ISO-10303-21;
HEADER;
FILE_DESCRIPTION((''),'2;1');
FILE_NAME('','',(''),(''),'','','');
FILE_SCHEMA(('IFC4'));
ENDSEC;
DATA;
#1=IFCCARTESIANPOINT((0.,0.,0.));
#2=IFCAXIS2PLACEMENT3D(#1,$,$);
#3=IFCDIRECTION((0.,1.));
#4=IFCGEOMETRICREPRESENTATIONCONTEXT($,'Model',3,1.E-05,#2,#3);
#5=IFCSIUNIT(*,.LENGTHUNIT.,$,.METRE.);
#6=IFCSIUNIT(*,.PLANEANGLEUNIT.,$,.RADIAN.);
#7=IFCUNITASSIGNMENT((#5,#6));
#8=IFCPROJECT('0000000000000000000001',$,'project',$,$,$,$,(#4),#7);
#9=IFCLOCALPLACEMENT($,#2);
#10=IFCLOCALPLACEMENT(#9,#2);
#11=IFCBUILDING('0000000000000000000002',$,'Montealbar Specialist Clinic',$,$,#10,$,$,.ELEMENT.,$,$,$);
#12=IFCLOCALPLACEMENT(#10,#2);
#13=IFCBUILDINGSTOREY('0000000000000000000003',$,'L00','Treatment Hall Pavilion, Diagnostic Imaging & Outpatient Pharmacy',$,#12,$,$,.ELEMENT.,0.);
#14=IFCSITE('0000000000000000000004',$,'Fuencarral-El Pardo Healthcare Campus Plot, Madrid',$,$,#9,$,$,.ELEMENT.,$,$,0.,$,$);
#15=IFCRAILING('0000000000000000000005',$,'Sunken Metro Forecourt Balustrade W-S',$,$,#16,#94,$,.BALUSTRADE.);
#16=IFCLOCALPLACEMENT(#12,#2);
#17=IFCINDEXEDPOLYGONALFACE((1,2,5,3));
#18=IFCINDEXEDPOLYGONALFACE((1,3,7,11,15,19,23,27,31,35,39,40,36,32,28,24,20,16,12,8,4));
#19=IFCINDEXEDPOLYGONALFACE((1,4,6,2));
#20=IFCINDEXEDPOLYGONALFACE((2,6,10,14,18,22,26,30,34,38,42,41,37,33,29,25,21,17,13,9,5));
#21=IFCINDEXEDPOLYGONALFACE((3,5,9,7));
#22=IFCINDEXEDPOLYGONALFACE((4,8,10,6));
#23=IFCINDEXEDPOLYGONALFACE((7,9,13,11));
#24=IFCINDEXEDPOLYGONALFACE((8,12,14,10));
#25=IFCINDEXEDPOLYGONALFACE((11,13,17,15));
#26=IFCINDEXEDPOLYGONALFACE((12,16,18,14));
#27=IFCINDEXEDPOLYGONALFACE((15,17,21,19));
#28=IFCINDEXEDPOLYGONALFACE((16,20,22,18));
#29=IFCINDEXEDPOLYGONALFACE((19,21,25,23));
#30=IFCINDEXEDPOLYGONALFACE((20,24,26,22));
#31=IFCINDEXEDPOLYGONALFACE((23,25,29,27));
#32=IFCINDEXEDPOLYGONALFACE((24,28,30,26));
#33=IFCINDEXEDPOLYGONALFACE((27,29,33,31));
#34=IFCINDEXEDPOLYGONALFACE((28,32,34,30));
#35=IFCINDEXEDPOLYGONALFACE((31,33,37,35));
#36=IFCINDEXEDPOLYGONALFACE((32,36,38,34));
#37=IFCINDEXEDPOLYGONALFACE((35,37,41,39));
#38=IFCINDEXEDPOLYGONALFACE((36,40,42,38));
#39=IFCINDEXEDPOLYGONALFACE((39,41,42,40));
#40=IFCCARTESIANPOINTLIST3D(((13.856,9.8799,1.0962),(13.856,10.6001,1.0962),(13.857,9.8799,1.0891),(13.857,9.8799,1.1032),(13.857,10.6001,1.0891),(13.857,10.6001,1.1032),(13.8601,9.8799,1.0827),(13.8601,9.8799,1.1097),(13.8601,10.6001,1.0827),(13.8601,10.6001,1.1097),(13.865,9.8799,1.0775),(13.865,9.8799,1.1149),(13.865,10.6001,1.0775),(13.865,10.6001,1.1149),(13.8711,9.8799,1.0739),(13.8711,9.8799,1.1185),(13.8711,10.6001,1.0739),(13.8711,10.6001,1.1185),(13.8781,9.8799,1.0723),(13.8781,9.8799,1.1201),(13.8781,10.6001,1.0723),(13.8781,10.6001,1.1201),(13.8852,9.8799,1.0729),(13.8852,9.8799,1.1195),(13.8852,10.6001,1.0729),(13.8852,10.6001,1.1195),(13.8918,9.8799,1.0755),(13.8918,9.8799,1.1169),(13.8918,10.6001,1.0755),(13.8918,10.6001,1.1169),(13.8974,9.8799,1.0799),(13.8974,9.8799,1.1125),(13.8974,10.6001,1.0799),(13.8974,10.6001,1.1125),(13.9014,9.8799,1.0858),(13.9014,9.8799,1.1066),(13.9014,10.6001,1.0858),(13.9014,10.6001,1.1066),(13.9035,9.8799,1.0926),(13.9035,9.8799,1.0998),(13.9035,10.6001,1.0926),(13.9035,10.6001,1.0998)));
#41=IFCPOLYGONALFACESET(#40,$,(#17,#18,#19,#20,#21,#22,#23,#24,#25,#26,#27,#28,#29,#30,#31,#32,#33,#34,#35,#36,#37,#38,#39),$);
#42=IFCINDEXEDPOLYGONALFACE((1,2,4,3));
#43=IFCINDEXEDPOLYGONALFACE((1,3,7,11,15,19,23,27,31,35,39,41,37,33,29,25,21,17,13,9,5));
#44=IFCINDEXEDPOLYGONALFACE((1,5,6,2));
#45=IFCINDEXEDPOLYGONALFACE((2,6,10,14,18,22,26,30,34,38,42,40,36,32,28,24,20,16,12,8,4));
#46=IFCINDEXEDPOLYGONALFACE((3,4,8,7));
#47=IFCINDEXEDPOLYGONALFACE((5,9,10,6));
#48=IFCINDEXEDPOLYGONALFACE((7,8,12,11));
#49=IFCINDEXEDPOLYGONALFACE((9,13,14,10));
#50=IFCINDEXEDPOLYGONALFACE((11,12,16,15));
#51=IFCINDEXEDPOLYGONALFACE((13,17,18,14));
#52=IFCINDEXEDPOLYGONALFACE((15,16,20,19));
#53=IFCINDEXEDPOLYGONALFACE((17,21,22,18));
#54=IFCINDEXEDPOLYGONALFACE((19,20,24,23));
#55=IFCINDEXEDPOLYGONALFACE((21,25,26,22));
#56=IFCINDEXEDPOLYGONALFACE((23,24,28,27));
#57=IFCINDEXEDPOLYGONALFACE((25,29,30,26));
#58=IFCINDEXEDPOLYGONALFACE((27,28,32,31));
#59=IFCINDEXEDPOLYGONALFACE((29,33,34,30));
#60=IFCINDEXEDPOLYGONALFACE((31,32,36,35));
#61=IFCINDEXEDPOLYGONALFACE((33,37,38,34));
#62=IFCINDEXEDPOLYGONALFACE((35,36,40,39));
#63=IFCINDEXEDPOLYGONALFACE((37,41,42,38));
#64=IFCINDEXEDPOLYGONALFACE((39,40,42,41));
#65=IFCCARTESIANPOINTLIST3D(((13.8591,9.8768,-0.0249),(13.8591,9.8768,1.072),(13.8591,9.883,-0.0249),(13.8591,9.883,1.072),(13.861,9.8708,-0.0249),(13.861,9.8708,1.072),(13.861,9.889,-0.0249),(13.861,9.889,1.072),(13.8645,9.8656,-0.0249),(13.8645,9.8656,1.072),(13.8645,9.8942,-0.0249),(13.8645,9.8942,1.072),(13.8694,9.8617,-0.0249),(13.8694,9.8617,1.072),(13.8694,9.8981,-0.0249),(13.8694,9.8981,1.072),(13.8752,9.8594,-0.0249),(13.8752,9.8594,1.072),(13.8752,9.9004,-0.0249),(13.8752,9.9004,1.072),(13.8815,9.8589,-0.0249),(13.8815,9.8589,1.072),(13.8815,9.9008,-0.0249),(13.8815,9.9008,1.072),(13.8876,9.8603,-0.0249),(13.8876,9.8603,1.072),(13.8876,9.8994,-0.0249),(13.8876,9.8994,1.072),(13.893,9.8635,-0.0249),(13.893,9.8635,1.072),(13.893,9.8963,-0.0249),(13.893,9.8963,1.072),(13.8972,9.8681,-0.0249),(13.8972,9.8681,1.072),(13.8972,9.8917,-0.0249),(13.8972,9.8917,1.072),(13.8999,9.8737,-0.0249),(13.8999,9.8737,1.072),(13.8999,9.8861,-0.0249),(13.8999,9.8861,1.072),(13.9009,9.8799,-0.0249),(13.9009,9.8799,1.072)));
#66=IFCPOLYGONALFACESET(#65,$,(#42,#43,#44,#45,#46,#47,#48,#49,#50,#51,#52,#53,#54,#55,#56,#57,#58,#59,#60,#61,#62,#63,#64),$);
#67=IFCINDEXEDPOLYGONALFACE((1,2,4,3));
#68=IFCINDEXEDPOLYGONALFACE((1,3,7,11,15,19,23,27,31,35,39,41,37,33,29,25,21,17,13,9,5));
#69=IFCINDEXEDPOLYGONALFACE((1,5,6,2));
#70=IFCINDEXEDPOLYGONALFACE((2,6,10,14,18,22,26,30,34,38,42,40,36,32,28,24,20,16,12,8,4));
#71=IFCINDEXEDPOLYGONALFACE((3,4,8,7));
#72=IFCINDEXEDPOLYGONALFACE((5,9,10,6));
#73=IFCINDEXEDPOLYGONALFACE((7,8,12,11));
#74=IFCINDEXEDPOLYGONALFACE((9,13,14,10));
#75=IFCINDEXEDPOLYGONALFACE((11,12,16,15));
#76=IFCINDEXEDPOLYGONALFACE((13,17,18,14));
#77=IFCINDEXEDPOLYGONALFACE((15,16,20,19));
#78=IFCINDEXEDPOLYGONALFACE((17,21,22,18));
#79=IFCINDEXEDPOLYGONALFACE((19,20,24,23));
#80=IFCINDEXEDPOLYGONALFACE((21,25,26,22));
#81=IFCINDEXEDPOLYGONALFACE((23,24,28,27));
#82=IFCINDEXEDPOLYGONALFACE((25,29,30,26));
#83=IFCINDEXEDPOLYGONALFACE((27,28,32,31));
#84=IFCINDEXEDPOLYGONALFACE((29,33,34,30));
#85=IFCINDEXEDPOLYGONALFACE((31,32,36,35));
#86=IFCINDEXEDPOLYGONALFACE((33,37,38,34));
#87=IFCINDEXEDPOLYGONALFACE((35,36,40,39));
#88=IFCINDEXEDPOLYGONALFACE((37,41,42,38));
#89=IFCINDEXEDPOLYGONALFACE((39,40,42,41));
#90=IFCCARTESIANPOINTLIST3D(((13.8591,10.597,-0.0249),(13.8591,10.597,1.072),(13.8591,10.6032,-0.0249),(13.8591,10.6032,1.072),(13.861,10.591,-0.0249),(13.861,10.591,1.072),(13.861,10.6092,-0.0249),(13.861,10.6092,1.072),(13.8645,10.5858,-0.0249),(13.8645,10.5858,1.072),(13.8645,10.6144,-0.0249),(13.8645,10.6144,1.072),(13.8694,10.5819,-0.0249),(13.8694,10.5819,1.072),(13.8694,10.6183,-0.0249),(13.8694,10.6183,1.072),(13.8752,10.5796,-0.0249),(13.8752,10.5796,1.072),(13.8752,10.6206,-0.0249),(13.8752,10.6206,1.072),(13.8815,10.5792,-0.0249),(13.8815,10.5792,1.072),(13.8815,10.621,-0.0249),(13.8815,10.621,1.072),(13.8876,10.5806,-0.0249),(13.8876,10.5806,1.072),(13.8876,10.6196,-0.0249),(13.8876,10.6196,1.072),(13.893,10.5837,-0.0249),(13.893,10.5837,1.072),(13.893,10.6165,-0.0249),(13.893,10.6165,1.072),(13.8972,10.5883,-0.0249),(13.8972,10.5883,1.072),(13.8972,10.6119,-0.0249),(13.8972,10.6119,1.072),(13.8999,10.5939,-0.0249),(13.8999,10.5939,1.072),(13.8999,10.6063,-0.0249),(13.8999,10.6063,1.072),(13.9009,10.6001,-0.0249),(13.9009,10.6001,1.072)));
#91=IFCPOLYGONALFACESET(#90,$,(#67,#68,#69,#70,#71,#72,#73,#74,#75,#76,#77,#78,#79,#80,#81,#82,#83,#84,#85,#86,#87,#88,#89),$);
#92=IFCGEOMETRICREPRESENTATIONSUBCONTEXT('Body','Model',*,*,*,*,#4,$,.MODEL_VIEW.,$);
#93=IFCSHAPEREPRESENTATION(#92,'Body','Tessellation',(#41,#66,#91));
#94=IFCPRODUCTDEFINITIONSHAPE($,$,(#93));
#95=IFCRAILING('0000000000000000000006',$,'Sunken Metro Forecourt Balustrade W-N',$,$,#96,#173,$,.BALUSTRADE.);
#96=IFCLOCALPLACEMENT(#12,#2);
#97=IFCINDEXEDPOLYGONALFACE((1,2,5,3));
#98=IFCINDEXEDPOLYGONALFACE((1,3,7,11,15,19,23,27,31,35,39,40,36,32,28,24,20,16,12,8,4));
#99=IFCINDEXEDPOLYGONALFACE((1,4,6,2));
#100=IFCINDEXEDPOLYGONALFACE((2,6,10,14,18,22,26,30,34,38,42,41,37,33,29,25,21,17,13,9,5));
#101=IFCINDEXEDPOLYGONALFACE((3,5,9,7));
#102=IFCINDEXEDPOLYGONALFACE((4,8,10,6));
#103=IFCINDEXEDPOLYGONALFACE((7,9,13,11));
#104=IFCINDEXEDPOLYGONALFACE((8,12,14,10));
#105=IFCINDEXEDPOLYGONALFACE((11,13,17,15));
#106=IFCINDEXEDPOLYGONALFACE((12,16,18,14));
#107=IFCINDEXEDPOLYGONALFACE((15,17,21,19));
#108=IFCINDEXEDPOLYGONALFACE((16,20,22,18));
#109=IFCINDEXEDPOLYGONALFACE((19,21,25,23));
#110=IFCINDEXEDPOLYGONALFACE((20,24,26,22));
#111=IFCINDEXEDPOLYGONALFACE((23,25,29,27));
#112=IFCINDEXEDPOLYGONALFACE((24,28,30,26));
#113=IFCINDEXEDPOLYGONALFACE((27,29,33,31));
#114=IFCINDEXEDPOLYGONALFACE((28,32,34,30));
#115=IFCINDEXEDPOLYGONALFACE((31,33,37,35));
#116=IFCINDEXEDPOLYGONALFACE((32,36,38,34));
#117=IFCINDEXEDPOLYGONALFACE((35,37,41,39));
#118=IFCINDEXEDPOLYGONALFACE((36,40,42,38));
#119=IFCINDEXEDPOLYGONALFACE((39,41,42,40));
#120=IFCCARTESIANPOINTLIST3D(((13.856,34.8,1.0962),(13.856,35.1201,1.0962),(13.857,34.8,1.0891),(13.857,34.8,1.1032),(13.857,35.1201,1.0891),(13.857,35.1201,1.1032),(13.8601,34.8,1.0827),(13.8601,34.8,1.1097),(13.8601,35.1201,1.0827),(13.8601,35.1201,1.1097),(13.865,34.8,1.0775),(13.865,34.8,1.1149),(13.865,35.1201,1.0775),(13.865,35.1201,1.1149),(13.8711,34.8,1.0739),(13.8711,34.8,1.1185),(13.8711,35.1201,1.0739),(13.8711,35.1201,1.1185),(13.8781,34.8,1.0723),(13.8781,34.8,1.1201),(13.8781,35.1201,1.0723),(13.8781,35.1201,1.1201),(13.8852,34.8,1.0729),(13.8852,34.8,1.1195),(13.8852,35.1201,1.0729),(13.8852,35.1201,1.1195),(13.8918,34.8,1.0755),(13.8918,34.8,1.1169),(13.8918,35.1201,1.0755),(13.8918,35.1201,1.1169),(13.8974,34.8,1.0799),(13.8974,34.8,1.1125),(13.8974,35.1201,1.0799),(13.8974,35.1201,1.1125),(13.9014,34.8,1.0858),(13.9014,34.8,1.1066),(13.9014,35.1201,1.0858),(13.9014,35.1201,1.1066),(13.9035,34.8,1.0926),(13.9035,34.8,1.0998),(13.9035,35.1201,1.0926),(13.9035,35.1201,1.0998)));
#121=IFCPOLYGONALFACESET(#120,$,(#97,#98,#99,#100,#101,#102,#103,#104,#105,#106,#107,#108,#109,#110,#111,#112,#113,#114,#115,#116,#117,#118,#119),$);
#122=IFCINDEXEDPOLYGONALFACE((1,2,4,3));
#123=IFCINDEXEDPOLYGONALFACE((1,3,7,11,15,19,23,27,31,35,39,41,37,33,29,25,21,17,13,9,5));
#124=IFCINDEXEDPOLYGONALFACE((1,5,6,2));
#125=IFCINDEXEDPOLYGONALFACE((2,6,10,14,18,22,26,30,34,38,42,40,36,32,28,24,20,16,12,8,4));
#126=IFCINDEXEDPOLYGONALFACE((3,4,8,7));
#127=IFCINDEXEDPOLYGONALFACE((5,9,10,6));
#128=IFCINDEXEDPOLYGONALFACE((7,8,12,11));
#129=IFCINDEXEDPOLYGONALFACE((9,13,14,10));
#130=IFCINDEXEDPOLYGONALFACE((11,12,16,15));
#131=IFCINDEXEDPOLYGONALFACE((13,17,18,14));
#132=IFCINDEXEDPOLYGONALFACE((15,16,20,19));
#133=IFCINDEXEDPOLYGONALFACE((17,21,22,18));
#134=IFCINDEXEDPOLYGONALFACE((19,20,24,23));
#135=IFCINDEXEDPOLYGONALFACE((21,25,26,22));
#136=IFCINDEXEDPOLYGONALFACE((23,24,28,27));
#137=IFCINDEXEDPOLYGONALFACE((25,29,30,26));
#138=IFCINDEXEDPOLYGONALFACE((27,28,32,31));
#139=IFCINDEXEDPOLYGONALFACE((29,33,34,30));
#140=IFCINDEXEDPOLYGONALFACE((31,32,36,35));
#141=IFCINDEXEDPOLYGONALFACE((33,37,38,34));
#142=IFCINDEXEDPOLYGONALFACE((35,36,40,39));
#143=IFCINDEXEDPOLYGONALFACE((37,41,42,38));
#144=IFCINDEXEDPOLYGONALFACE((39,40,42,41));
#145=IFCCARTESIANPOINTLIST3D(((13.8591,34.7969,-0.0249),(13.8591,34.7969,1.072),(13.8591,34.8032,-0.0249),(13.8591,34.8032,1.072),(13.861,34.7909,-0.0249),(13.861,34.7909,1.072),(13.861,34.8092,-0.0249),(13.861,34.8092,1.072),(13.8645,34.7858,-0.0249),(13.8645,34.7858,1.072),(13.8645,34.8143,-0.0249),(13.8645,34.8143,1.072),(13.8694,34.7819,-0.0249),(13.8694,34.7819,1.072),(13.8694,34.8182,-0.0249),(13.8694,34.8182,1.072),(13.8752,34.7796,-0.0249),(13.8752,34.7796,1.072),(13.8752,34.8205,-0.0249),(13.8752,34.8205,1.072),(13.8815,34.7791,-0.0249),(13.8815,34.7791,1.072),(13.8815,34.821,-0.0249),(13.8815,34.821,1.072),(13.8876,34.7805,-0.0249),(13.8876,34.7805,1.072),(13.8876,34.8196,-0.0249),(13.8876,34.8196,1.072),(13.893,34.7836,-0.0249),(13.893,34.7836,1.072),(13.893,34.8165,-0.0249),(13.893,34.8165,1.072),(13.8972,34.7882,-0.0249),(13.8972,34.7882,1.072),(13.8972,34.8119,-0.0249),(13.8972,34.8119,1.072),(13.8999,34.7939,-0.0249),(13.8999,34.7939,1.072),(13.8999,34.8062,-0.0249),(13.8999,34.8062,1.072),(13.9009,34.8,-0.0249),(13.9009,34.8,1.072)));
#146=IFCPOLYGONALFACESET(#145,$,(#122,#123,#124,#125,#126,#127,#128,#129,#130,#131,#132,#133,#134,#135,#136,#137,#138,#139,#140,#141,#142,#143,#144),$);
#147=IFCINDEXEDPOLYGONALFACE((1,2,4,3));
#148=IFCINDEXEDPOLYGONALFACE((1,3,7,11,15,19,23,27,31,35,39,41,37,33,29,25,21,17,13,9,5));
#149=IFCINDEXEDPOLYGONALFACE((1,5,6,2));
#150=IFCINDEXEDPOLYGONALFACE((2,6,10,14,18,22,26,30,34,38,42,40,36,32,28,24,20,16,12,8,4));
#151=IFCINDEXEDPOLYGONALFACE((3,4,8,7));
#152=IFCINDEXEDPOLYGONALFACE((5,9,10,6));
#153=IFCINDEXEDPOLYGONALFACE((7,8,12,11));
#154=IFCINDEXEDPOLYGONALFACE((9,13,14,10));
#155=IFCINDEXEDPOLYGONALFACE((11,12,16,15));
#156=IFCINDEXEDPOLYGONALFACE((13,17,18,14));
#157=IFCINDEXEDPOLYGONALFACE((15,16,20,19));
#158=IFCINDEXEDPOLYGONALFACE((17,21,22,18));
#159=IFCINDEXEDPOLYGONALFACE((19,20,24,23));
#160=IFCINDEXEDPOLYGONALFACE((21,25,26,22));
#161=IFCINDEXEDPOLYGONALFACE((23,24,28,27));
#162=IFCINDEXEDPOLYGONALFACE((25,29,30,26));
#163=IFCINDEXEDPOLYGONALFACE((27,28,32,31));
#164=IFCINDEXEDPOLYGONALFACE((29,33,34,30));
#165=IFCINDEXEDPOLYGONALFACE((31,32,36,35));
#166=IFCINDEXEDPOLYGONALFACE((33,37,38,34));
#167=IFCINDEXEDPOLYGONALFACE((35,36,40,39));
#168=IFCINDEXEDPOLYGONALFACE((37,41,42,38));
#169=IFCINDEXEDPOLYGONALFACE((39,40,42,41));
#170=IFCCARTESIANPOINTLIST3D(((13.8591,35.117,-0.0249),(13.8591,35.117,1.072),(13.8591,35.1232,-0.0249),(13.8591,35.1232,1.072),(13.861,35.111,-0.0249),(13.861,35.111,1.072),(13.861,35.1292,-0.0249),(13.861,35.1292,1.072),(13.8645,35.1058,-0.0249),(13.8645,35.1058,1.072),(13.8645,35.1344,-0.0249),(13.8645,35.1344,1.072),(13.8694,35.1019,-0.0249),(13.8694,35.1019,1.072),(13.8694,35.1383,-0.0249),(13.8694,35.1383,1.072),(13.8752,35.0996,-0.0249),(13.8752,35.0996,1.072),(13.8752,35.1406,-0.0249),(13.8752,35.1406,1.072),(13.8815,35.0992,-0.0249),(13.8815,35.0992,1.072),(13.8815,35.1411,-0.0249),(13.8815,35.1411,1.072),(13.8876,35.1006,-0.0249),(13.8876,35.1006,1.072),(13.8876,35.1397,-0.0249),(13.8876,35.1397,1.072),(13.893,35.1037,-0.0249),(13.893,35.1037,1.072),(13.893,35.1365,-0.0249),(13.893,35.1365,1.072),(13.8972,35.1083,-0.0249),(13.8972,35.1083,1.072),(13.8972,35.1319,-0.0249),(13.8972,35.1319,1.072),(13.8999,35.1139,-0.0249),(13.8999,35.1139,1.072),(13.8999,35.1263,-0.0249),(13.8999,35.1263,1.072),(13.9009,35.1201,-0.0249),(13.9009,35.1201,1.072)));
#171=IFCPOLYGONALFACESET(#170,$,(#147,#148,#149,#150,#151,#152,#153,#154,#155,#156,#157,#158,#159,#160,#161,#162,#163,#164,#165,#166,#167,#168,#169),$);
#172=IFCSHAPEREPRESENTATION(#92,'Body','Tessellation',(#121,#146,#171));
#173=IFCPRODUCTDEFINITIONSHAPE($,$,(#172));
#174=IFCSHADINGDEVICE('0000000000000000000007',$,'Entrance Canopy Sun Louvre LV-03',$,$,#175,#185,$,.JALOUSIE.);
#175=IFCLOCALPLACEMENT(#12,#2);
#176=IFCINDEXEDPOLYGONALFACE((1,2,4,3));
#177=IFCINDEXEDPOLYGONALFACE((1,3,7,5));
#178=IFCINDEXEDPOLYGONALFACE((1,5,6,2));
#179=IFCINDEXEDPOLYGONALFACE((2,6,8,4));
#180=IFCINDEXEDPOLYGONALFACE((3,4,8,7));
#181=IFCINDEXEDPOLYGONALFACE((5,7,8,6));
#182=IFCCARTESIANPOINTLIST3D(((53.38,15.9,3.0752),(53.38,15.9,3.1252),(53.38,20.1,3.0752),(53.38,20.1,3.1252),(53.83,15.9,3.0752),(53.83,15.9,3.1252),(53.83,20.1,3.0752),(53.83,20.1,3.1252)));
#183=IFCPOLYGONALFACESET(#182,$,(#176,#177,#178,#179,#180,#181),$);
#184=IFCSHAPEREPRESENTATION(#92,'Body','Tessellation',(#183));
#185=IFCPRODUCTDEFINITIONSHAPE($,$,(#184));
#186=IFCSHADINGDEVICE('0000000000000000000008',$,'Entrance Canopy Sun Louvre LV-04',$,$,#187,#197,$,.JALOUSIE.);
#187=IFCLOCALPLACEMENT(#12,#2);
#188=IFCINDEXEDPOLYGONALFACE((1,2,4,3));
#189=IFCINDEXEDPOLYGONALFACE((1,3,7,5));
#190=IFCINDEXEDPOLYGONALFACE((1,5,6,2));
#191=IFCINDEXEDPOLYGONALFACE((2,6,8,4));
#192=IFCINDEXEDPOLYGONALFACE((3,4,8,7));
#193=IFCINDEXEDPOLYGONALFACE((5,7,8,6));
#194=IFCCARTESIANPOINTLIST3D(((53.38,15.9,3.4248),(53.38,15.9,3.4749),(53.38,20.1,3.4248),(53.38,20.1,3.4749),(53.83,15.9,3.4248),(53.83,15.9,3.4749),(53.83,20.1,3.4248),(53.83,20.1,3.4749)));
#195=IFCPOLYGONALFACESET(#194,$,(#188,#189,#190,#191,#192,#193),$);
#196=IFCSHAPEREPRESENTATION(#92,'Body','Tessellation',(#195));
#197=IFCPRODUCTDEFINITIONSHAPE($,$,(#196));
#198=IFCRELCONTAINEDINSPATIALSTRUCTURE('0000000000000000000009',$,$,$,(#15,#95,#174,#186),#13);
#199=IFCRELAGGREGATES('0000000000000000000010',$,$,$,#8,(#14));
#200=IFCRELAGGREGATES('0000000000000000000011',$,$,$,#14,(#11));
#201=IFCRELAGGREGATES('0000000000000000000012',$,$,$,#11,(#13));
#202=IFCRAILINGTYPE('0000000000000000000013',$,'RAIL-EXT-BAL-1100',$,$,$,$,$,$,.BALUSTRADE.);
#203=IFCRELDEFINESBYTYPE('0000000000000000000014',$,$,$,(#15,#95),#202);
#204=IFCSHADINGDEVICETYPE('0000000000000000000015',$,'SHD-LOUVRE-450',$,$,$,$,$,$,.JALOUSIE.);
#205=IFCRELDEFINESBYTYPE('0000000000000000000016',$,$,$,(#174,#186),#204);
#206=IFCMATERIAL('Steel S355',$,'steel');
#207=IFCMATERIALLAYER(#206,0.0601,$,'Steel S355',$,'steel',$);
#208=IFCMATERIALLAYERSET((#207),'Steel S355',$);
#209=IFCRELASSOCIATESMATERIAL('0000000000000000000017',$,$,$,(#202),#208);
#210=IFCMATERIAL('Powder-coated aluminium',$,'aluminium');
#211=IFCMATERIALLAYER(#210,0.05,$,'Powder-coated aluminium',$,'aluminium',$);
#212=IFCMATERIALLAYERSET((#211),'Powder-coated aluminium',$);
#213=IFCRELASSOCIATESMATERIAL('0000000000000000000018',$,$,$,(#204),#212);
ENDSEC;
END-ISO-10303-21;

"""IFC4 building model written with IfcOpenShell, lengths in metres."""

from ifc_helpers import new_model, si_unit, direction, frame, origin, origin_2d, place, context, subcontext, project, spatial, rectangle, circle, extrude, material, layer, layer_set, type_object, element, save


model = new_model("IFC4")

# Units and contexts
model_context = context("Model", 3, precision=1e-05, world=origin(), true_north=direction((0.0, 1.0)))
body_context = subcontext(model_context, "Body", "Model", "MODEL_VIEW")
ifc_project = project(units=[si_unit("LENGTHUNIT", "METRE"), si_unit("PLANEANGLEUNIT", "RADIAN")], contexts=[model_context])

# Site, building, storey
site_placement = place(None, origin())
site = spatial("IfcSite", under=ifc_project, at=site_placement, Name="Fuencarral-El Pardo Healthcare Campus Plot, Madrid", CompositionType="ELEMENT", RefElevation=0.0)
building_placement = place(site_placement, origin())
building = spatial("IfcBuilding", under=site, at=building_placement, Name="Montealbar Specialist Clinic", CompositionType="ELEMENT")
storey_placement = place(building_placement, origin())
storey = spatial("IfcBuildingStorey", under=building, at=storey_placement, Name="L00", Description="Treatment Hall Pavilion, Diagnostic Imaging & Outpatient Pharmacy", CompositionType="ELEMENT", Elevation=0.0)

# Shared definitions
ifc_material_1 = material(Name="Steel S355", Category="steel")

# Railings
ifc_layer_1 = layer(ifc_material_1, 0.0601, Name="Steel S355", Category="steel")
ifc_layer_set_1 = layer_set([ifc_layer_1], Name="Steel S355")
railing_type = type_object("IfcRailingType", Name="RAIL-EXT-BAL-1100", PredefinedType="BALUSTRADE", material=ifc_layer_set_1)
railing_1_placement = place(storey_placement, frame((13.8799, 9.8799, 0.0)))
element("IfcRailing", 1, at=railing_1_placement, inside=storey, type_object=railing_type, Name="Sunken Metro Forecourt Balustrade W-S", PredefinedType="BALUSTRADE", context=body_context, shape_type="SweptSolid", body=[
    extrude(circle(Radius=0.0239, at=origin_2d()), frame((0.0, 0.0, 1.0962), z_axis=(0.0, 1.0, 0.0), x_axis=(-1.0, 0.0, 0.0)), (0.0, 0.0, 1.0), 0.7202),
    extrude(circle(Radius=0.021, at=origin_2d()), frame((0.0, 0.0, -0.0249)), (0.0, 0.0, 1.0), 1.0969),
    extrude(circle(Radius=0.021, at=origin_2d()), frame((0.0, 0.7202, -0.0249)), (0.0, 0.0, 1.0), 1.0969),
])
railing_2_placement = place(storey_placement, frame((13.8799, 34.8, 0.0)))
element("IfcRailing", 2, at=railing_2_placement, inside=storey, type_object=railing_type, Name="Sunken Metro Forecourt Balustrade W-N", PredefinedType="BALUSTRADE", context=body_context, shape_type="SweptSolid", body=[
    extrude(circle(Radius=0.0239, at=origin_2d()), frame((0.0, 0.0, 1.0962), z_axis=(0.0, 1.0, 0.0), x_axis=(-1.0, 0.0, 0.0)), (0.0, 0.0, 1.0), 0.3201),
    extrude(circle(Radius=0.021, at=origin_2d()), frame((0.0, 0.0, -0.0249)), (0.0, 0.0, 1.0), 1.0969),
    extrude(circle(Radius=0.021, at=origin_2d()), frame((0.0, 0.3201, -0.0249)), (0.0, 0.0, 1.0), 1.0969),
])

# Shading devices
ifc_material_2 = material(Name="Powder-coated aluminium", Category="aluminium")
ifc_layer_2 = layer(ifc_material_2, 0.05, Name="Powder-coated aluminium", Category="aluminium")
ifc_layer_set_2 = layer_set([ifc_layer_2], Name="Powder-coated aluminium")
shading_device_type = type_object("IfcShadingDeviceType", Name="SHD-LOUVRE-450", PredefinedType="JALOUSIE", material=ifc_layer_set_2)
for number, where, z_axis, x_axis, name in (
    (3, (53.605, 18.0, 3.0752), (0.0, 0.0, 1.0), (0.0, 1.0, 0.0), "Entrance Canopy Sun Louvre LV-03"),
    (4, (53.605, 18.0, 3.4248), (0.0, 0.0, 1.0), (0.0, 1.0, 0.0), "Entrance Canopy Sun Louvre LV-04"),
):
    element("IfcShadingDevice", number, at=place(storey_placement, frame(where, z_axis=z_axis, x_axis=x_axis)), inside=storey, type_object=shading_device_type, Name=name, PredefinedType="JALOUSIE", context=body_context, shape_type="SweptSolid", body=[
        extrude(rectangle(XDim=4.2, YDim=0.45, at=origin_2d()), origin(), (0.0, 0.0, 1.0), 0.05),
    ])

save(model, "model.ifc")
